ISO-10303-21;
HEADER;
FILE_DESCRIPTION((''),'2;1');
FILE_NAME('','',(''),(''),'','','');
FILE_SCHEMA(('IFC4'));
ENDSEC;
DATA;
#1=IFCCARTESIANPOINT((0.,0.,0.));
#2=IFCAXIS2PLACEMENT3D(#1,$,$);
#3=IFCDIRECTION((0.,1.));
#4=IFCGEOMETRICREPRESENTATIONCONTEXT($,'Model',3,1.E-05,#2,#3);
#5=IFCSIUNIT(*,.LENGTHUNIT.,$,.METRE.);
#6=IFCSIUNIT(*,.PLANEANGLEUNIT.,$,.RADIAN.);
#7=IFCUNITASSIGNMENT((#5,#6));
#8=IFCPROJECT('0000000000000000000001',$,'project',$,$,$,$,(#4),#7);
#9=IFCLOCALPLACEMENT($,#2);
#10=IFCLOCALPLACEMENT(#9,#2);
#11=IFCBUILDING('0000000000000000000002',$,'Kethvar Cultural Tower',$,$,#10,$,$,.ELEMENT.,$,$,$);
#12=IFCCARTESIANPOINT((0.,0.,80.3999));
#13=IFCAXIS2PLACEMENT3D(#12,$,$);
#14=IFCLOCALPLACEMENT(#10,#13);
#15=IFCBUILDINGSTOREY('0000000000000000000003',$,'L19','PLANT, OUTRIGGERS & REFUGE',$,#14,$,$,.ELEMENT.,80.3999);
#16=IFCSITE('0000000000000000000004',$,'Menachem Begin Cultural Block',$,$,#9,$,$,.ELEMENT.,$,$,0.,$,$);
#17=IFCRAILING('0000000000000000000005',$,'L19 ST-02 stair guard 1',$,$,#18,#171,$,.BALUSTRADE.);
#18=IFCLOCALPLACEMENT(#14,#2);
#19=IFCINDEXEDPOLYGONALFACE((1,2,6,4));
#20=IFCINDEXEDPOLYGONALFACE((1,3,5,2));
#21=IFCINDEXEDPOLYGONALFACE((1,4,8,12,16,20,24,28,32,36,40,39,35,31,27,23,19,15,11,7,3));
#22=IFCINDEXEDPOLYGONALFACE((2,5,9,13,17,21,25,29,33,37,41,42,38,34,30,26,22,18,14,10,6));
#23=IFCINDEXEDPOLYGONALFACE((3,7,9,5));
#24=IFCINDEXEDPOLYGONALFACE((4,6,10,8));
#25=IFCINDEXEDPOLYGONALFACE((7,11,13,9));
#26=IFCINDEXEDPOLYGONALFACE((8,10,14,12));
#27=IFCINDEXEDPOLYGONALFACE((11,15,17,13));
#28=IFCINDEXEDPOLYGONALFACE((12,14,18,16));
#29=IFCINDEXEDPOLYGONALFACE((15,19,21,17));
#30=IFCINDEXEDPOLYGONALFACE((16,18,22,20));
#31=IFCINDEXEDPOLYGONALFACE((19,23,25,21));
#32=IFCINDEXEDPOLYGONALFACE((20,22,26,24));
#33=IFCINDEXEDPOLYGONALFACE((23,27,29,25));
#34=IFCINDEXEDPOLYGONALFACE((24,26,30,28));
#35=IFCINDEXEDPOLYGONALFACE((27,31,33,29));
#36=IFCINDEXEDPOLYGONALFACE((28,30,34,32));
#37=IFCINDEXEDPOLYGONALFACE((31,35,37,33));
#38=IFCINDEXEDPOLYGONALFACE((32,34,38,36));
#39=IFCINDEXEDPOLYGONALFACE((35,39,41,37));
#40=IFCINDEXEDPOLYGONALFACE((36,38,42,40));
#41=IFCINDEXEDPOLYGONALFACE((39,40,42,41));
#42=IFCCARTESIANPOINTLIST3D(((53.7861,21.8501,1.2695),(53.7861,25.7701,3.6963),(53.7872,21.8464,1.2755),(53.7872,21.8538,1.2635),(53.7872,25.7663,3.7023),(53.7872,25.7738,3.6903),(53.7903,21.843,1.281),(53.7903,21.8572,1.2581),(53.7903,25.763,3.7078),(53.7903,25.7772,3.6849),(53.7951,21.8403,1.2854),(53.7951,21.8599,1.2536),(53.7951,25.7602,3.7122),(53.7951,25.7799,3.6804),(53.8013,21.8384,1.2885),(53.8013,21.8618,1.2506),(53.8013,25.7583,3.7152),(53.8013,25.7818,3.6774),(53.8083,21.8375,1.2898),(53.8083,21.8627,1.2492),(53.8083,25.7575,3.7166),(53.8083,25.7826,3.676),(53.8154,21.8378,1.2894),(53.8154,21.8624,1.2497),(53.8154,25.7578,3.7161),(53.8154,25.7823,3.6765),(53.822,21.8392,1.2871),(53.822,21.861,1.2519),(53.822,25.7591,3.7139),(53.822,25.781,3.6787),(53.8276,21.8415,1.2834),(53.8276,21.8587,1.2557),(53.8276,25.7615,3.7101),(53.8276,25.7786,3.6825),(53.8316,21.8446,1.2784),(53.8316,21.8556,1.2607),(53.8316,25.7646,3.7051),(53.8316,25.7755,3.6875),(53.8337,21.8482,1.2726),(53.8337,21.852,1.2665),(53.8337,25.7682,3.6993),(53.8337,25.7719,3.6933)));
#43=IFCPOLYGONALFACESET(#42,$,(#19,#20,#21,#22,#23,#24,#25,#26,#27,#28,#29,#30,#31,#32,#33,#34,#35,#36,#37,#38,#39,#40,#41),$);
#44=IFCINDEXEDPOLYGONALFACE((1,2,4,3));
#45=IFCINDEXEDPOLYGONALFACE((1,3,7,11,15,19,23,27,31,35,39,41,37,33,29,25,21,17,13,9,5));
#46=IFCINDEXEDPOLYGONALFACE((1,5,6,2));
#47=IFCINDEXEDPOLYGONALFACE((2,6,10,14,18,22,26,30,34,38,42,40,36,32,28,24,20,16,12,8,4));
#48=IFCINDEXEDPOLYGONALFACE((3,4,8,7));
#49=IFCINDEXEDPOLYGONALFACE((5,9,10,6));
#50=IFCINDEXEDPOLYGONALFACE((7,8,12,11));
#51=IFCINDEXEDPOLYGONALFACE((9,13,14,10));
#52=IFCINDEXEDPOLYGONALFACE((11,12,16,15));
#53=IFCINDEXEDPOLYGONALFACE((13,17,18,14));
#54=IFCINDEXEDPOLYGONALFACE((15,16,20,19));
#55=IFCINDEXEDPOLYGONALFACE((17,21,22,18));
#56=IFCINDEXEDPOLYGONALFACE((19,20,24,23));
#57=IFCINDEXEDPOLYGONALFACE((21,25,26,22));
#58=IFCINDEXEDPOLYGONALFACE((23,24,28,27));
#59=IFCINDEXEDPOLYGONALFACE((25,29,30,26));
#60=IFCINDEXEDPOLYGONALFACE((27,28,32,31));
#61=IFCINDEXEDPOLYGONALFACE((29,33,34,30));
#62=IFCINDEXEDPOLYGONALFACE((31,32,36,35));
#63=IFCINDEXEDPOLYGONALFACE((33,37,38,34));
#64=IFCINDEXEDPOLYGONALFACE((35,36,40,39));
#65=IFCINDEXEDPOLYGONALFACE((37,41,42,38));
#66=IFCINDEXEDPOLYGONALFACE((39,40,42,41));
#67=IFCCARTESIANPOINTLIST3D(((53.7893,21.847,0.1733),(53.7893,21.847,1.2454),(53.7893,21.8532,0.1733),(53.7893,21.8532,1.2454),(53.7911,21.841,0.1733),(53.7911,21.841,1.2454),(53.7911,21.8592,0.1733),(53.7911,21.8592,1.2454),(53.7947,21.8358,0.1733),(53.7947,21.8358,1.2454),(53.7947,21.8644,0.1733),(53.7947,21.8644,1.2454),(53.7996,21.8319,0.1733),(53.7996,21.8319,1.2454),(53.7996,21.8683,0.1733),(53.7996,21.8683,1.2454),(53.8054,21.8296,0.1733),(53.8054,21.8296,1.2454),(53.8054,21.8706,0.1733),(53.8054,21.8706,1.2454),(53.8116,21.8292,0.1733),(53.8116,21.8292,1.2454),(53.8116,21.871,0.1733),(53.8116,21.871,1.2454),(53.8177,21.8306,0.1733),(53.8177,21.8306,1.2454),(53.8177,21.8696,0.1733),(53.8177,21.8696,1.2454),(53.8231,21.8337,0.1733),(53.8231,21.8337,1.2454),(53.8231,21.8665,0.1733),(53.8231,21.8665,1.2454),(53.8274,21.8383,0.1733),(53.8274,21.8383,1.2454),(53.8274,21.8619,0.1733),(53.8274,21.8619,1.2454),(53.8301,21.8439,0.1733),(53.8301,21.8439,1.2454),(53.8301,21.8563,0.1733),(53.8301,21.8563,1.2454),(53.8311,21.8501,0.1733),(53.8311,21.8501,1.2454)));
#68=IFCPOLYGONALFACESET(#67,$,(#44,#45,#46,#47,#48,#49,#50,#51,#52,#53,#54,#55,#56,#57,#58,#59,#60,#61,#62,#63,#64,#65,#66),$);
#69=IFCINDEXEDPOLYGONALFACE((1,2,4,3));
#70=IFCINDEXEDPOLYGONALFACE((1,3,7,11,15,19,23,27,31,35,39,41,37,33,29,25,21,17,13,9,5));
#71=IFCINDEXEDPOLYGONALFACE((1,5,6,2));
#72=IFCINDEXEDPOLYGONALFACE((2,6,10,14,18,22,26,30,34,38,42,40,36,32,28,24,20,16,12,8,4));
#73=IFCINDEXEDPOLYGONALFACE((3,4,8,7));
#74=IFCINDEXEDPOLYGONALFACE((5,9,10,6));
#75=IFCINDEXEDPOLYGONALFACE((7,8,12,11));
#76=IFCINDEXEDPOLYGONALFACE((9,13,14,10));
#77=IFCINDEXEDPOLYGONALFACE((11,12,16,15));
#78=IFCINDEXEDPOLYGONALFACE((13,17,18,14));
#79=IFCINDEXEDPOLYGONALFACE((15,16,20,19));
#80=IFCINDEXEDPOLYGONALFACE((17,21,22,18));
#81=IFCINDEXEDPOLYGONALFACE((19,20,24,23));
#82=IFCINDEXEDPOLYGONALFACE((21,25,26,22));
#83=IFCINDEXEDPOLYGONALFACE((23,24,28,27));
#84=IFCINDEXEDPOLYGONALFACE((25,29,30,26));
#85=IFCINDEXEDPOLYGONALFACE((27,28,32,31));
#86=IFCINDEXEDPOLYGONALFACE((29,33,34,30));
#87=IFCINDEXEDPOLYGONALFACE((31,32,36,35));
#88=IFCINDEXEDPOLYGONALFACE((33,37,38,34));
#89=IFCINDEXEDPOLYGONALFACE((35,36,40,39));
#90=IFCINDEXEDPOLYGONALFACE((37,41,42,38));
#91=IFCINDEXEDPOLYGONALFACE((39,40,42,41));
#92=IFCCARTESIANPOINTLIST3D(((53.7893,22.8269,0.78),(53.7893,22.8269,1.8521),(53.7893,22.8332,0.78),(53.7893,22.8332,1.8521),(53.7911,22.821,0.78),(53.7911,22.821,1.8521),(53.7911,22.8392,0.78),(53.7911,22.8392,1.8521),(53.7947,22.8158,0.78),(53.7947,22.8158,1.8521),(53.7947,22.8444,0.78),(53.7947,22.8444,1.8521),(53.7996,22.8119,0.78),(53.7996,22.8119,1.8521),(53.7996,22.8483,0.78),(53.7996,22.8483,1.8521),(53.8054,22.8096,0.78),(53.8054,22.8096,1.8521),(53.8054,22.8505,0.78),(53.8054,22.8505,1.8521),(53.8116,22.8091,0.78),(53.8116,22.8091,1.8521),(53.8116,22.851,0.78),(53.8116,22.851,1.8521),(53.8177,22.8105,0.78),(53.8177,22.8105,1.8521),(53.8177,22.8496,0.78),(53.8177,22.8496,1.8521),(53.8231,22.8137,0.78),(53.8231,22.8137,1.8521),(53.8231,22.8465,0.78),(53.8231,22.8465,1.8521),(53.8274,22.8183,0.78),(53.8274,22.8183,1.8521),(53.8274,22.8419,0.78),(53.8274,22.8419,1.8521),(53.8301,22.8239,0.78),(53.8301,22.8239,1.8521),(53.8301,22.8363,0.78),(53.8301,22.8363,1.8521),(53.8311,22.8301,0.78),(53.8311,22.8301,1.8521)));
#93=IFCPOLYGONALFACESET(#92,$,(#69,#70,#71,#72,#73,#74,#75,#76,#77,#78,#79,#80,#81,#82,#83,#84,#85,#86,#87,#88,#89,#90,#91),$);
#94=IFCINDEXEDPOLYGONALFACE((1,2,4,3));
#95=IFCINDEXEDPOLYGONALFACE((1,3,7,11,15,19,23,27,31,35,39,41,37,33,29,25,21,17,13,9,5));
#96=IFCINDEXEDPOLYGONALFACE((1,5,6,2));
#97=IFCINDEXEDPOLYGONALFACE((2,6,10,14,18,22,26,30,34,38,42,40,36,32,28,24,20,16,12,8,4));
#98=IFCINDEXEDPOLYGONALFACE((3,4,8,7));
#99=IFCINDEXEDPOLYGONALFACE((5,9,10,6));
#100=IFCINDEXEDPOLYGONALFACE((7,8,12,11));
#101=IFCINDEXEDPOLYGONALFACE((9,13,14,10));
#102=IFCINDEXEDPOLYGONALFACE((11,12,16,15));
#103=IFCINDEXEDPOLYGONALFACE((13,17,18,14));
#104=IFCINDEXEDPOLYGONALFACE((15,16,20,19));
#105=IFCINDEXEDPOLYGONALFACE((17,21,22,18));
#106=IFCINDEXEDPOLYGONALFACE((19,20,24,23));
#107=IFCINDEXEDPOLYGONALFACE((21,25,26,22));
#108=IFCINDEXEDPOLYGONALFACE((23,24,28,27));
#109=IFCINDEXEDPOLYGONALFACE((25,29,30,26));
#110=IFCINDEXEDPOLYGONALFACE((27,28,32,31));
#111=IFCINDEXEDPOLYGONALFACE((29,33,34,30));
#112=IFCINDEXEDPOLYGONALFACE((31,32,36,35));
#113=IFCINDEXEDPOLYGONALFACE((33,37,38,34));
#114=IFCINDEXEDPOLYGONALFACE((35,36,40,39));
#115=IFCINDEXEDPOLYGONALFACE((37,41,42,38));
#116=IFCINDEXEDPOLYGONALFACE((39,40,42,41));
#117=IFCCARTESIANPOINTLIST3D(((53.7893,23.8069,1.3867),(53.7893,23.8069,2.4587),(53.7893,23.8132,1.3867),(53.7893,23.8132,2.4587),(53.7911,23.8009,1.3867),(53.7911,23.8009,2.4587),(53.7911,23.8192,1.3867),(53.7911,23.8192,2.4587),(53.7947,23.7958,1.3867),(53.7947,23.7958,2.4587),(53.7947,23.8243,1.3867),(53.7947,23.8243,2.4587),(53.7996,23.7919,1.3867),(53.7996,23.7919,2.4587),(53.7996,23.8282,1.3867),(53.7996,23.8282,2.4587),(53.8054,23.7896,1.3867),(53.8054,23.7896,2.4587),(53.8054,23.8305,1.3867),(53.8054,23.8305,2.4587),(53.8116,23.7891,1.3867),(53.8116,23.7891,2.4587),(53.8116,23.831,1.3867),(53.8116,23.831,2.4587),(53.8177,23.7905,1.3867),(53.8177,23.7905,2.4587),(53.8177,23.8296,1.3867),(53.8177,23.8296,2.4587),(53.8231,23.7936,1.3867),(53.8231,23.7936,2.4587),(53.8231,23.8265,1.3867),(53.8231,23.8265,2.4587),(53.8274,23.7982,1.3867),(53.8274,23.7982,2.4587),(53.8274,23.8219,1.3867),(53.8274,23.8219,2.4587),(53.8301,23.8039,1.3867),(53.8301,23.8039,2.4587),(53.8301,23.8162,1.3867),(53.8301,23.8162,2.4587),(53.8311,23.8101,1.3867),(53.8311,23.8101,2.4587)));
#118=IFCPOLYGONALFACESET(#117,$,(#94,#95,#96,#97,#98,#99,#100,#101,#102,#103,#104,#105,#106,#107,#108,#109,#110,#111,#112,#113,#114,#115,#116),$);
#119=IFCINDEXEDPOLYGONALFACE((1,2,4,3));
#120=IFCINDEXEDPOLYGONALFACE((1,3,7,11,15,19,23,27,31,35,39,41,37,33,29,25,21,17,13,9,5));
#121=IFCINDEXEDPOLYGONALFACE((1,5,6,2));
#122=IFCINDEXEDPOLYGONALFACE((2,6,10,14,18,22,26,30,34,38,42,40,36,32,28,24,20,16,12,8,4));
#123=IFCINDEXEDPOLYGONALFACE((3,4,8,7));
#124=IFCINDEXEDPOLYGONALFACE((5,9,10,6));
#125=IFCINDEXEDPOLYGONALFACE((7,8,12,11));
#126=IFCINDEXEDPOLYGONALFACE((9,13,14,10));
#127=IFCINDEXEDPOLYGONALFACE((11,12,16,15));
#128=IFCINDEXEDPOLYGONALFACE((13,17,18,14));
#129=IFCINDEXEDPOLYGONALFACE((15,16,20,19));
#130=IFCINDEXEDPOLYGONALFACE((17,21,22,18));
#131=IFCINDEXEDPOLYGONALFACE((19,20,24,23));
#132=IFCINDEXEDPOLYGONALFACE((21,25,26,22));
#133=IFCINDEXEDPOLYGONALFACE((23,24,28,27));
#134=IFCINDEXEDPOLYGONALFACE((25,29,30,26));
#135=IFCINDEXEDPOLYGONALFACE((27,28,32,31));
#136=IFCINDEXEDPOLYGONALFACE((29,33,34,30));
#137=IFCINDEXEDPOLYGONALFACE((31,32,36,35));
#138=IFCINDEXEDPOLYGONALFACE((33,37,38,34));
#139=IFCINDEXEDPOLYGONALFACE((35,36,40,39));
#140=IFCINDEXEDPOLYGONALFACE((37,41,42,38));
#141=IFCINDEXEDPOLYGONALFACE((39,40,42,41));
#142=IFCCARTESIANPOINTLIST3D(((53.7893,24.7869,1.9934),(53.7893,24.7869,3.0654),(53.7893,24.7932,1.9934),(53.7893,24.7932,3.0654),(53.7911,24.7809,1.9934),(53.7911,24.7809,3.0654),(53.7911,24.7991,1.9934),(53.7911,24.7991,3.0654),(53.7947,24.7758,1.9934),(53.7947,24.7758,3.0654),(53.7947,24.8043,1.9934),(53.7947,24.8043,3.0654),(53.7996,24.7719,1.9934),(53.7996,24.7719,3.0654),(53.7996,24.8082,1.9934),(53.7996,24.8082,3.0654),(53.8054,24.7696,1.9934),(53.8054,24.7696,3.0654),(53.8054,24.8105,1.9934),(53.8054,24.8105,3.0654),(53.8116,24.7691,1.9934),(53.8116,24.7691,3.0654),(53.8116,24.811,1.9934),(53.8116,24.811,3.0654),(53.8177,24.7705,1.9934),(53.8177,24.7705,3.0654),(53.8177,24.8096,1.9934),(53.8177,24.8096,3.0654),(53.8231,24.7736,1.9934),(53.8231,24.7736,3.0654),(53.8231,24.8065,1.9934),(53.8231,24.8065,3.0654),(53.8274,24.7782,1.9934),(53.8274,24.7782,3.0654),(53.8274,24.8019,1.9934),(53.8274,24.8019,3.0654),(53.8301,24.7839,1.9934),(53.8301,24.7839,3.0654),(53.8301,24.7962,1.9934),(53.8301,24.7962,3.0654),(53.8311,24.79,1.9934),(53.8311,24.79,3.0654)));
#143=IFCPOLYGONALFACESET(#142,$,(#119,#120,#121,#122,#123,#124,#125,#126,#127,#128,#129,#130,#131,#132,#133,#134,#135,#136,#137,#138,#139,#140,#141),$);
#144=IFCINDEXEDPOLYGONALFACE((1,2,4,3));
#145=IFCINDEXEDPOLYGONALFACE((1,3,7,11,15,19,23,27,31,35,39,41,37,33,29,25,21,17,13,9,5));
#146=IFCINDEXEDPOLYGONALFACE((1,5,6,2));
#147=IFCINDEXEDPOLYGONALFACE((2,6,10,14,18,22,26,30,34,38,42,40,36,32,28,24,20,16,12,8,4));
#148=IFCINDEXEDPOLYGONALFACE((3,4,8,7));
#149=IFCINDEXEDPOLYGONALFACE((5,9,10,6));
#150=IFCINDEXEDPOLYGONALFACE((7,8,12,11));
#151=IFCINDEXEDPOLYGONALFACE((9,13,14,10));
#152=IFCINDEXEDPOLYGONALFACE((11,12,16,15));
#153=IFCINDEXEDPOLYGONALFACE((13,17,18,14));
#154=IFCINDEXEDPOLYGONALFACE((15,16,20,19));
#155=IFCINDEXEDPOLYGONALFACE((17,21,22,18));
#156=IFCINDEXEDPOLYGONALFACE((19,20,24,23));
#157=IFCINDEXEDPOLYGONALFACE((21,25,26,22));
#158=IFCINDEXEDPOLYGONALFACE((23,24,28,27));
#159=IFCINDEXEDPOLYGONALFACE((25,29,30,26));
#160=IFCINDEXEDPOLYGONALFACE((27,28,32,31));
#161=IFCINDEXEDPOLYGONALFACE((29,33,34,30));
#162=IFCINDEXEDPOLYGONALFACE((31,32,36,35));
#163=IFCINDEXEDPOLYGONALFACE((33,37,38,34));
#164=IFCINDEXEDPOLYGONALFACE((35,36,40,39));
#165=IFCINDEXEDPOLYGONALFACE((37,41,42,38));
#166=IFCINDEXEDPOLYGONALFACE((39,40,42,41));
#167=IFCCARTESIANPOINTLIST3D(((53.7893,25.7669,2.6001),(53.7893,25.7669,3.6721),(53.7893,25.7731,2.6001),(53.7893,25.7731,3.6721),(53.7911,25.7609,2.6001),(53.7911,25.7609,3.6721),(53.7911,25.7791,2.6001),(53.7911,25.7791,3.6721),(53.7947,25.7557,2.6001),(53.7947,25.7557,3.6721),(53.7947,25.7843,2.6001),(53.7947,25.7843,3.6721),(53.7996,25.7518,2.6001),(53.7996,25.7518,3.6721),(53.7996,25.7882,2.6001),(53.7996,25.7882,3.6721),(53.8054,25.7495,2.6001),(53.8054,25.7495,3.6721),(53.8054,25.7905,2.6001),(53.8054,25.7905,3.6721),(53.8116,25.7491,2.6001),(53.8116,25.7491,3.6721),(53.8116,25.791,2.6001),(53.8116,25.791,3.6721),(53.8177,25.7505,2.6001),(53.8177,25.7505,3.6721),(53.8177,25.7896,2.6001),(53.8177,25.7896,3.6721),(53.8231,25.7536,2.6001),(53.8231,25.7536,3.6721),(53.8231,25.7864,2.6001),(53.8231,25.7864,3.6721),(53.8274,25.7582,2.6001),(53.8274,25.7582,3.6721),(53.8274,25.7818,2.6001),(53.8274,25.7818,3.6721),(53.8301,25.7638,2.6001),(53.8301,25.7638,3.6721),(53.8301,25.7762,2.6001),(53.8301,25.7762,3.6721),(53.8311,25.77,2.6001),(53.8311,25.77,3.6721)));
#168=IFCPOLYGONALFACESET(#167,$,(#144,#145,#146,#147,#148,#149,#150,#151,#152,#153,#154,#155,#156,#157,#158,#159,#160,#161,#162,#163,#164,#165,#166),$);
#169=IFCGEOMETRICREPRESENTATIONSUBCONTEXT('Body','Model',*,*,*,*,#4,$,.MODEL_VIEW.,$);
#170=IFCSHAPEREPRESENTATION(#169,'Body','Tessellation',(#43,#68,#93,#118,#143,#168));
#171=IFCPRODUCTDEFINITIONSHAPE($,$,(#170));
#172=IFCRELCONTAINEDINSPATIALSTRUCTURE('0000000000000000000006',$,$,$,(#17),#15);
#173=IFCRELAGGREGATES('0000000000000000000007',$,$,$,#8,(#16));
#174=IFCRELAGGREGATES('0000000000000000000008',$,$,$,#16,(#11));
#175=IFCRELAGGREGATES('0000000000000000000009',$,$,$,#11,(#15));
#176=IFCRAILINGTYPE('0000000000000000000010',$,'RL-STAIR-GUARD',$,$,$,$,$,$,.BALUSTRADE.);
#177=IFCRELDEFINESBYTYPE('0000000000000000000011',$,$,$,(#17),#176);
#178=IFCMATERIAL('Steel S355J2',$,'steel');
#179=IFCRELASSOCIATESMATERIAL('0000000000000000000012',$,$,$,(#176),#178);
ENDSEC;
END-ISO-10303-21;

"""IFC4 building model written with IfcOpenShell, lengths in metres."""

from ifc_helpers import new_model, si_unit, direction, frame, origin, origin_2d, place, context, subcontext, project, spatial, circle, extrude, material, type_object, element, save


model = new_model("IFC4")

# Units and contexts
model_context = context("Model", 3, precision=1e-05, world=origin(), true_north=direction((0.0, 1.0)))
body_context = subcontext(model_context, "Body", "Model", "MODEL_VIEW")
ifc_project = project(units=[si_unit("LENGTHUNIT", "METRE"), si_unit("PLANEANGLEUNIT", "RADIAN")], contexts=[model_context])

# Site, building, storey
site_placement = place(None, origin())
site = spatial("IfcSite", under=ifc_project, at=site_placement, Name="Menachem Begin Cultural Block", CompositionType="ELEMENT", RefElevation=0.0)
building_placement = place(site_placement, origin())
building = spatial("IfcBuilding", under=site, at=building_placement, Name="Kethvar Cultural Tower", CompositionType="ELEMENT")
storey_placement = place(building_placement, frame((0.0, 0.0, 80.3999)))
storey = spatial("IfcBuildingStorey", under=building, at=storey_placement, Name="L19", Description="PLANT, OUTRIGGERS & REFUGE", CompositionType="ELEMENT", Elevation=80.3999)

# Shared definitions
ifc_material_1 = material(Name="Steel S355J2", Category="steel")

# Railing
railing_type_1 = type_object("IfcRailingType", Name="RL-STAIR-GUARD", PredefinedType="BALUSTRADE", material=ifc_material_1)
railing_1_placement = place(storey_placement, frame((53.8101, 21.8501, 0.1733)))
element("IfcRailing", 1, at=railing_1_placement, inside=storey, type_object=railing_type_1, Name="L19 ST-02 stair guard 1", PredefinedType="BALUSTRADE", context=body_context, shape_type="SweptSolid", body=[
    extrude(circle(Radius=0.0239, at=origin_2d()), frame((0.0, 0.0, 1.0962), z_axis=(0.0, 0.850252, 0.526376), x_axis=(-1.0, 0.0, 0.0)), (0.0, 0.0, 1.0), 4.6104),
    extrude(circle(Radius=0.021, at=origin_2d()), origin(), (0.0, 0.0, 1.0), 1.072),
    extrude(circle(Radius=0.021, at=origin_2d()), frame((0.0, 0.98, 0.6067)), (0.0, 0.0, 1.0), 1.072),
    extrude(circle(Radius=0.021, at=origin_2d()), frame((0.0, 1.96, 1.2134)), (0.0, 0.0, 1.0), 1.072),
    extrude(circle(Radius=0.021, at=origin_2d()), frame((0.0, 2.9399, 1.8201)), (0.0, 0.0, 1.0), 1.072),
    extrude(circle(Radius=0.021, at=origin_2d()), frame((0.0, 3.9199, 2.4268)), (0.0, 0.0, 1.0), 1.072),
])

save(model, "model.ifc")
